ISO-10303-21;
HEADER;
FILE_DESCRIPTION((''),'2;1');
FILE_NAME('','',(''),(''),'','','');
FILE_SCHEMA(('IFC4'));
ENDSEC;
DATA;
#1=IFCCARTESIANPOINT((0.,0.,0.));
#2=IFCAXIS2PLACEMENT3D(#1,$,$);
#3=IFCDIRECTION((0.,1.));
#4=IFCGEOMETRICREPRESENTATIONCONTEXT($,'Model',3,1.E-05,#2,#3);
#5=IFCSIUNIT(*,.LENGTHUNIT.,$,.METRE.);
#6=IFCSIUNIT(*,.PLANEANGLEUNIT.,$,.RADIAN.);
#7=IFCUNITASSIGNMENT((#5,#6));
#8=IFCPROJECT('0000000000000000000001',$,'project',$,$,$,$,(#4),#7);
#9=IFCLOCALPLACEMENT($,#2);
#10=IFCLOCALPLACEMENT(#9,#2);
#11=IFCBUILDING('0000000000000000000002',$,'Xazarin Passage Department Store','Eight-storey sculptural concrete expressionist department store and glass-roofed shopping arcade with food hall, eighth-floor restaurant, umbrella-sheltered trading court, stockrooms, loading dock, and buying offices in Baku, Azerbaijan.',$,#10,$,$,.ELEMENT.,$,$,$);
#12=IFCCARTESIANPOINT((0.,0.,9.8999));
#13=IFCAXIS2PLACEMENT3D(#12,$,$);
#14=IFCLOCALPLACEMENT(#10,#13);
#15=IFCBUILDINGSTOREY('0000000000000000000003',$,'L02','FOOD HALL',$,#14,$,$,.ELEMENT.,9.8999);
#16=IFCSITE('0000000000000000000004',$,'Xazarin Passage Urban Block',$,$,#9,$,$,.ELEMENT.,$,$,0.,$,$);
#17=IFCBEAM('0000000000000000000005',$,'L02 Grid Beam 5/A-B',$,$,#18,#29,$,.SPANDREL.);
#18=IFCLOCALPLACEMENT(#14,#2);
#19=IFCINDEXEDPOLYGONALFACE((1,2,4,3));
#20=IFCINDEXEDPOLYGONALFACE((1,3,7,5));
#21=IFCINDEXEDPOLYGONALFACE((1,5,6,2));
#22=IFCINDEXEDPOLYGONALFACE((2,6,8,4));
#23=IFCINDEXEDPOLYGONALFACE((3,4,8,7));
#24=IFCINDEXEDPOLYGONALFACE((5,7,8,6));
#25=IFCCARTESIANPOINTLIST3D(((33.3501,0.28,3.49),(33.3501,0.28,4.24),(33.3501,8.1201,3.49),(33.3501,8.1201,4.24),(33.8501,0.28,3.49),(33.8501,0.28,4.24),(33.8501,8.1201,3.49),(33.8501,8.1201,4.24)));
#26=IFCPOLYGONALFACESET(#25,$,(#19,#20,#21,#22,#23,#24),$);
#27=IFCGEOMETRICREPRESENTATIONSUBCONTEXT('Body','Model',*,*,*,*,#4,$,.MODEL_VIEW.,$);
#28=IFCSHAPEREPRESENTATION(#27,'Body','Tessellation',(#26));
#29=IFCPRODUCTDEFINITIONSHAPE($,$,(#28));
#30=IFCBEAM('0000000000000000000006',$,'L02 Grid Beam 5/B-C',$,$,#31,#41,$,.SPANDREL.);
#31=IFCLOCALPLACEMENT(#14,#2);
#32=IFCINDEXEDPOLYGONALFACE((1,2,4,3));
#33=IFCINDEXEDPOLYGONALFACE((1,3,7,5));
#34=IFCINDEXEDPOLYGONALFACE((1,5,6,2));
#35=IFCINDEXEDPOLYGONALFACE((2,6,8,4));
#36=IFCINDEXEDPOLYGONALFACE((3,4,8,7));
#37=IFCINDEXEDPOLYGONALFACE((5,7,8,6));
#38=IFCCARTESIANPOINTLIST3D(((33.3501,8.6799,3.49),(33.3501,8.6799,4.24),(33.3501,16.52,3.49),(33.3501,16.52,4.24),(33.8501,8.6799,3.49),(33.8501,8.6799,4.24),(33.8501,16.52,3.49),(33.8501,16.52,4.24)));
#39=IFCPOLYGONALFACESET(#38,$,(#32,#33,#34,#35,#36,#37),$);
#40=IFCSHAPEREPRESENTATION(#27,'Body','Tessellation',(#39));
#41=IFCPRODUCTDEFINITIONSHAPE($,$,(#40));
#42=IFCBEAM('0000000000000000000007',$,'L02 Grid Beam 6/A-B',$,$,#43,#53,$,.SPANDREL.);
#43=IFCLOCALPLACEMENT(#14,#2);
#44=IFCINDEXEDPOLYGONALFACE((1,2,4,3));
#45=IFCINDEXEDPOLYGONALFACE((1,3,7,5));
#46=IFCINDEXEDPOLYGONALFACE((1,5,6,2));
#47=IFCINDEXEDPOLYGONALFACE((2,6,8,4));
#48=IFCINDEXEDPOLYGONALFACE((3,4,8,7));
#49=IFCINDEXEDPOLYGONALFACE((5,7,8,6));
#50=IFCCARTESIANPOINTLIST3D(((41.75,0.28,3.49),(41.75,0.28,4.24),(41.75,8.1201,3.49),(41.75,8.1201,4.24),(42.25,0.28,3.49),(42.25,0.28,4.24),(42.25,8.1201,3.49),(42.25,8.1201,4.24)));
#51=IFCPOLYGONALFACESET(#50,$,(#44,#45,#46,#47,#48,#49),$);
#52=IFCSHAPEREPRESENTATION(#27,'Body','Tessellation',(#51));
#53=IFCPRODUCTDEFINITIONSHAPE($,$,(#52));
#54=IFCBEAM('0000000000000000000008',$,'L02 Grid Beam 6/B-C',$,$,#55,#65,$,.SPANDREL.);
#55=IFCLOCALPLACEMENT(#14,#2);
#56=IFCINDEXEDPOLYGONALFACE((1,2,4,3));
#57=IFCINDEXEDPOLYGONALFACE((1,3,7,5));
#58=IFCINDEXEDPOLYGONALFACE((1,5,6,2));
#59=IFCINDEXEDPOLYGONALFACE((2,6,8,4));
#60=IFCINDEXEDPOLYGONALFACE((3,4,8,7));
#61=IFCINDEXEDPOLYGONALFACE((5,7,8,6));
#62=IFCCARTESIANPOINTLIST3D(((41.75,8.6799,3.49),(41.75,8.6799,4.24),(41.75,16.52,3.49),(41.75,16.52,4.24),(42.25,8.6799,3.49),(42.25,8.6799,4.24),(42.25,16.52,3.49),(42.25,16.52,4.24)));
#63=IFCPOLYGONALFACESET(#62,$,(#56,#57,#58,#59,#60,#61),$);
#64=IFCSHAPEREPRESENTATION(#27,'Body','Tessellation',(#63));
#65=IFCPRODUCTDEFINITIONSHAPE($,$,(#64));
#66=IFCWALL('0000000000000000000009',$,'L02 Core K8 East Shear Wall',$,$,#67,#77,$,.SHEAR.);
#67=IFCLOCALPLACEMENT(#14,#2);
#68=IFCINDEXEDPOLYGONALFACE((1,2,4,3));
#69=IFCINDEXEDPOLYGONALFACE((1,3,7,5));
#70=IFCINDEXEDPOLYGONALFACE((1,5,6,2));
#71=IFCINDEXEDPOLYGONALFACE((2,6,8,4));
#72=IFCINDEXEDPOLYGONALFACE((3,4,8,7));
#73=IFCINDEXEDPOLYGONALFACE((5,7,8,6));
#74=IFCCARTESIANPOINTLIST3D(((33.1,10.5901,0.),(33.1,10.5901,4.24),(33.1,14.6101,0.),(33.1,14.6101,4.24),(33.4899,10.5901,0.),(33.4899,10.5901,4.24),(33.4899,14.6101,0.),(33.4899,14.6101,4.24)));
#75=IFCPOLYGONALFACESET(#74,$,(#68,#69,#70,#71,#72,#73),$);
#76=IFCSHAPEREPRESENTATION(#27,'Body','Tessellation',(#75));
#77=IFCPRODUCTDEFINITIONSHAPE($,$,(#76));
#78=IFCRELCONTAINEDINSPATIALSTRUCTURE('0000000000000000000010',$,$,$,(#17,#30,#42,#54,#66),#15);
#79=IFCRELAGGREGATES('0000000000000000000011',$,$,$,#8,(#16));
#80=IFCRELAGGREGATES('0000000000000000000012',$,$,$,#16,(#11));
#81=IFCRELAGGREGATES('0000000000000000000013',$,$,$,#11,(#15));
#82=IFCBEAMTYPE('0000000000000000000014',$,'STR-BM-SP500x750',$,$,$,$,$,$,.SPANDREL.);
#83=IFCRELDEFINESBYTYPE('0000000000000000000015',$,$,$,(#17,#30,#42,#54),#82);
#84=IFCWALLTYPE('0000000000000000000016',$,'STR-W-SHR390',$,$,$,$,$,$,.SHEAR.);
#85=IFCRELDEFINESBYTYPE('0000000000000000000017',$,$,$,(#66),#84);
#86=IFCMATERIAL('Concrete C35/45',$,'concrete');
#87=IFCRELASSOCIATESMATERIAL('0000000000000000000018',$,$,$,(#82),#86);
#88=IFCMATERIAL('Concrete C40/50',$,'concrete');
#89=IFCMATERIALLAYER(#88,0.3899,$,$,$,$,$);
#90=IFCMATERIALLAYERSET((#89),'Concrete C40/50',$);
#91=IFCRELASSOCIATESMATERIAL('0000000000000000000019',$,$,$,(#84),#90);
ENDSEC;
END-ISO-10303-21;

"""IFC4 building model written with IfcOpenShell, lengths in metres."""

from ifc_helpers import new_model, si_unit, direction, frame, frame_2d, origin, origin_2d, place, context, subcontext, project, spatial, rectangle, extrude, material, layer, layer_set, material_profile, profile_set, type_object, element, save


model = new_model("IFC4")

# Units and contexts
model_context = context("Model", 3, precision=1e-05, world=origin(), true_north=direction((0.0, 1.0)))
body_context = subcontext(model_context, "Body", "Model", "MODEL_VIEW")
ifc_project = project(units=[si_unit("LENGTHUNIT", "METRE"), si_unit("PLANEANGLEUNIT", "RADIAN")], contexts=[model_context])

# Site, building, storey
site_placement = place(None, origin())
site = spatial("IfcSite", under=ifc_project, at=site_placement, Name="Xazarin Passage Urban Block", CompositionType="ELEMENT", RefElevation=0.0)
building_placement = place(site_placement, origin())
building = spatial("IfcBuilding", under=site, at=building_placement, Name="Xazarin Passage Department Store", Description="Eight-storey sculptural concrete expressionist department store and glass-roofed shopping arcade with food hall, eighth-floor restaurant, umbrella-sheltered trading court, stockrooms, loading dock, and buying offices in Baku, Azerbaijan.", CompositionType="ELEMENT")
storey_placement = place(building_placement, frame((0.0, 0.0, 9.8999)))
storey = spatial("IfcBuildingStorey", under=building, at=storey_placement, Name="L02", Description="FOOD HALL", CompositionType="ELEMENT", Elevation=9.8999)

# Shared definitions
ifc_material_1 = material(Name="Concrete C40/50", Category="concrete")

# Beams
ifc_material_2 = material(Name="Concrete C35/45", Category="concrete")
ifc_material_profile_1 = material_profile(ifc_material_2, rectangle(XDim=0.5, YDim=0.75, at=origin_2d()), Name="RC 500x750")
ifc_profile_set_1 = profile_set([ifc_material_profile_1], Name="Concrete C35/45")
beam_type_1 = type_object("IfcBeamType", Name="STR-BM-SP500x750", PredefinedType="SPANDREL", material=ifc_profile_set_1)
for number, where, z_axis, x_axis, name in (
    (1, (33.6001, 0.28, 3.865), (0.0, 1.0, 0.0), (-1.0, 0.0, 0.0), "L02 Grid Beam 5/A-B"),
    (2, (33.6001, 8.6799, 3.865), (0.0, 1.0, 0.0), (-1.0, 0.0, 0.0), "L02 Grid Beam 5/B-C"),
    (3, (42.0, 0.28, 3.865), (0.0, 1.0, 0.0), (-1.0, 0.0, 0.0), "L02 Grid Beam 6/A-B"),
    (4, (42.0, 8.6799, 3.865), (0.0, 1.0, 0.0), (-1.0, 0.0, 0.0), "L02 Grid Beam 6/B-C"),
):
    element("IfcBeam", number, at=place(storey_placement, frame(where, z_axis=z_axis, x_axis=x_axis)), inside=storey, type_object=beam_type_1, Name=name, PredefinedType="SPANDREL", context=body_context, shape_type="SweptSolid", body=[
        extrude(rectangle(XDim=0.5, YDim=0.75, at=origin_2d()), origin(), (0.0, 0.0, 1.0), 7.8401),
    ])

# Wall
ifc_layer_1 = layer(ifc_material_1, 0.3899)
ifc_layer_set_1 = layer_set([ifc_layer_1], Name="Concrete C40/50")
wall_type = type_object("IfcWallType", Name="STR-W-SHR390", PredefinedType="SHEAR", material=ifc_layer_set_1)
wall_placement = place(storey_placement, frame((33.2949, 10.5901, 0.0), z_axis=(0.0, 0.0, 1.0), x_axis=(0.0, 1.0, 0.0)))
element("IfcWall", 5, at=wall_placement, inside=storey, type_object=wall_type, Name="L02 Core K8 East Shear Wall", PredefinedType="SHEAR", context=body_context, shape_type="SweptSolid", body=[
    extrude(rectangle(XDim=4.02, YDim=0.3899, at=frame_2d((2.01, 0.0))), origin(), (0.0, 0.0, 1.0), 4.24),
])

save(model, "model.ifc")
